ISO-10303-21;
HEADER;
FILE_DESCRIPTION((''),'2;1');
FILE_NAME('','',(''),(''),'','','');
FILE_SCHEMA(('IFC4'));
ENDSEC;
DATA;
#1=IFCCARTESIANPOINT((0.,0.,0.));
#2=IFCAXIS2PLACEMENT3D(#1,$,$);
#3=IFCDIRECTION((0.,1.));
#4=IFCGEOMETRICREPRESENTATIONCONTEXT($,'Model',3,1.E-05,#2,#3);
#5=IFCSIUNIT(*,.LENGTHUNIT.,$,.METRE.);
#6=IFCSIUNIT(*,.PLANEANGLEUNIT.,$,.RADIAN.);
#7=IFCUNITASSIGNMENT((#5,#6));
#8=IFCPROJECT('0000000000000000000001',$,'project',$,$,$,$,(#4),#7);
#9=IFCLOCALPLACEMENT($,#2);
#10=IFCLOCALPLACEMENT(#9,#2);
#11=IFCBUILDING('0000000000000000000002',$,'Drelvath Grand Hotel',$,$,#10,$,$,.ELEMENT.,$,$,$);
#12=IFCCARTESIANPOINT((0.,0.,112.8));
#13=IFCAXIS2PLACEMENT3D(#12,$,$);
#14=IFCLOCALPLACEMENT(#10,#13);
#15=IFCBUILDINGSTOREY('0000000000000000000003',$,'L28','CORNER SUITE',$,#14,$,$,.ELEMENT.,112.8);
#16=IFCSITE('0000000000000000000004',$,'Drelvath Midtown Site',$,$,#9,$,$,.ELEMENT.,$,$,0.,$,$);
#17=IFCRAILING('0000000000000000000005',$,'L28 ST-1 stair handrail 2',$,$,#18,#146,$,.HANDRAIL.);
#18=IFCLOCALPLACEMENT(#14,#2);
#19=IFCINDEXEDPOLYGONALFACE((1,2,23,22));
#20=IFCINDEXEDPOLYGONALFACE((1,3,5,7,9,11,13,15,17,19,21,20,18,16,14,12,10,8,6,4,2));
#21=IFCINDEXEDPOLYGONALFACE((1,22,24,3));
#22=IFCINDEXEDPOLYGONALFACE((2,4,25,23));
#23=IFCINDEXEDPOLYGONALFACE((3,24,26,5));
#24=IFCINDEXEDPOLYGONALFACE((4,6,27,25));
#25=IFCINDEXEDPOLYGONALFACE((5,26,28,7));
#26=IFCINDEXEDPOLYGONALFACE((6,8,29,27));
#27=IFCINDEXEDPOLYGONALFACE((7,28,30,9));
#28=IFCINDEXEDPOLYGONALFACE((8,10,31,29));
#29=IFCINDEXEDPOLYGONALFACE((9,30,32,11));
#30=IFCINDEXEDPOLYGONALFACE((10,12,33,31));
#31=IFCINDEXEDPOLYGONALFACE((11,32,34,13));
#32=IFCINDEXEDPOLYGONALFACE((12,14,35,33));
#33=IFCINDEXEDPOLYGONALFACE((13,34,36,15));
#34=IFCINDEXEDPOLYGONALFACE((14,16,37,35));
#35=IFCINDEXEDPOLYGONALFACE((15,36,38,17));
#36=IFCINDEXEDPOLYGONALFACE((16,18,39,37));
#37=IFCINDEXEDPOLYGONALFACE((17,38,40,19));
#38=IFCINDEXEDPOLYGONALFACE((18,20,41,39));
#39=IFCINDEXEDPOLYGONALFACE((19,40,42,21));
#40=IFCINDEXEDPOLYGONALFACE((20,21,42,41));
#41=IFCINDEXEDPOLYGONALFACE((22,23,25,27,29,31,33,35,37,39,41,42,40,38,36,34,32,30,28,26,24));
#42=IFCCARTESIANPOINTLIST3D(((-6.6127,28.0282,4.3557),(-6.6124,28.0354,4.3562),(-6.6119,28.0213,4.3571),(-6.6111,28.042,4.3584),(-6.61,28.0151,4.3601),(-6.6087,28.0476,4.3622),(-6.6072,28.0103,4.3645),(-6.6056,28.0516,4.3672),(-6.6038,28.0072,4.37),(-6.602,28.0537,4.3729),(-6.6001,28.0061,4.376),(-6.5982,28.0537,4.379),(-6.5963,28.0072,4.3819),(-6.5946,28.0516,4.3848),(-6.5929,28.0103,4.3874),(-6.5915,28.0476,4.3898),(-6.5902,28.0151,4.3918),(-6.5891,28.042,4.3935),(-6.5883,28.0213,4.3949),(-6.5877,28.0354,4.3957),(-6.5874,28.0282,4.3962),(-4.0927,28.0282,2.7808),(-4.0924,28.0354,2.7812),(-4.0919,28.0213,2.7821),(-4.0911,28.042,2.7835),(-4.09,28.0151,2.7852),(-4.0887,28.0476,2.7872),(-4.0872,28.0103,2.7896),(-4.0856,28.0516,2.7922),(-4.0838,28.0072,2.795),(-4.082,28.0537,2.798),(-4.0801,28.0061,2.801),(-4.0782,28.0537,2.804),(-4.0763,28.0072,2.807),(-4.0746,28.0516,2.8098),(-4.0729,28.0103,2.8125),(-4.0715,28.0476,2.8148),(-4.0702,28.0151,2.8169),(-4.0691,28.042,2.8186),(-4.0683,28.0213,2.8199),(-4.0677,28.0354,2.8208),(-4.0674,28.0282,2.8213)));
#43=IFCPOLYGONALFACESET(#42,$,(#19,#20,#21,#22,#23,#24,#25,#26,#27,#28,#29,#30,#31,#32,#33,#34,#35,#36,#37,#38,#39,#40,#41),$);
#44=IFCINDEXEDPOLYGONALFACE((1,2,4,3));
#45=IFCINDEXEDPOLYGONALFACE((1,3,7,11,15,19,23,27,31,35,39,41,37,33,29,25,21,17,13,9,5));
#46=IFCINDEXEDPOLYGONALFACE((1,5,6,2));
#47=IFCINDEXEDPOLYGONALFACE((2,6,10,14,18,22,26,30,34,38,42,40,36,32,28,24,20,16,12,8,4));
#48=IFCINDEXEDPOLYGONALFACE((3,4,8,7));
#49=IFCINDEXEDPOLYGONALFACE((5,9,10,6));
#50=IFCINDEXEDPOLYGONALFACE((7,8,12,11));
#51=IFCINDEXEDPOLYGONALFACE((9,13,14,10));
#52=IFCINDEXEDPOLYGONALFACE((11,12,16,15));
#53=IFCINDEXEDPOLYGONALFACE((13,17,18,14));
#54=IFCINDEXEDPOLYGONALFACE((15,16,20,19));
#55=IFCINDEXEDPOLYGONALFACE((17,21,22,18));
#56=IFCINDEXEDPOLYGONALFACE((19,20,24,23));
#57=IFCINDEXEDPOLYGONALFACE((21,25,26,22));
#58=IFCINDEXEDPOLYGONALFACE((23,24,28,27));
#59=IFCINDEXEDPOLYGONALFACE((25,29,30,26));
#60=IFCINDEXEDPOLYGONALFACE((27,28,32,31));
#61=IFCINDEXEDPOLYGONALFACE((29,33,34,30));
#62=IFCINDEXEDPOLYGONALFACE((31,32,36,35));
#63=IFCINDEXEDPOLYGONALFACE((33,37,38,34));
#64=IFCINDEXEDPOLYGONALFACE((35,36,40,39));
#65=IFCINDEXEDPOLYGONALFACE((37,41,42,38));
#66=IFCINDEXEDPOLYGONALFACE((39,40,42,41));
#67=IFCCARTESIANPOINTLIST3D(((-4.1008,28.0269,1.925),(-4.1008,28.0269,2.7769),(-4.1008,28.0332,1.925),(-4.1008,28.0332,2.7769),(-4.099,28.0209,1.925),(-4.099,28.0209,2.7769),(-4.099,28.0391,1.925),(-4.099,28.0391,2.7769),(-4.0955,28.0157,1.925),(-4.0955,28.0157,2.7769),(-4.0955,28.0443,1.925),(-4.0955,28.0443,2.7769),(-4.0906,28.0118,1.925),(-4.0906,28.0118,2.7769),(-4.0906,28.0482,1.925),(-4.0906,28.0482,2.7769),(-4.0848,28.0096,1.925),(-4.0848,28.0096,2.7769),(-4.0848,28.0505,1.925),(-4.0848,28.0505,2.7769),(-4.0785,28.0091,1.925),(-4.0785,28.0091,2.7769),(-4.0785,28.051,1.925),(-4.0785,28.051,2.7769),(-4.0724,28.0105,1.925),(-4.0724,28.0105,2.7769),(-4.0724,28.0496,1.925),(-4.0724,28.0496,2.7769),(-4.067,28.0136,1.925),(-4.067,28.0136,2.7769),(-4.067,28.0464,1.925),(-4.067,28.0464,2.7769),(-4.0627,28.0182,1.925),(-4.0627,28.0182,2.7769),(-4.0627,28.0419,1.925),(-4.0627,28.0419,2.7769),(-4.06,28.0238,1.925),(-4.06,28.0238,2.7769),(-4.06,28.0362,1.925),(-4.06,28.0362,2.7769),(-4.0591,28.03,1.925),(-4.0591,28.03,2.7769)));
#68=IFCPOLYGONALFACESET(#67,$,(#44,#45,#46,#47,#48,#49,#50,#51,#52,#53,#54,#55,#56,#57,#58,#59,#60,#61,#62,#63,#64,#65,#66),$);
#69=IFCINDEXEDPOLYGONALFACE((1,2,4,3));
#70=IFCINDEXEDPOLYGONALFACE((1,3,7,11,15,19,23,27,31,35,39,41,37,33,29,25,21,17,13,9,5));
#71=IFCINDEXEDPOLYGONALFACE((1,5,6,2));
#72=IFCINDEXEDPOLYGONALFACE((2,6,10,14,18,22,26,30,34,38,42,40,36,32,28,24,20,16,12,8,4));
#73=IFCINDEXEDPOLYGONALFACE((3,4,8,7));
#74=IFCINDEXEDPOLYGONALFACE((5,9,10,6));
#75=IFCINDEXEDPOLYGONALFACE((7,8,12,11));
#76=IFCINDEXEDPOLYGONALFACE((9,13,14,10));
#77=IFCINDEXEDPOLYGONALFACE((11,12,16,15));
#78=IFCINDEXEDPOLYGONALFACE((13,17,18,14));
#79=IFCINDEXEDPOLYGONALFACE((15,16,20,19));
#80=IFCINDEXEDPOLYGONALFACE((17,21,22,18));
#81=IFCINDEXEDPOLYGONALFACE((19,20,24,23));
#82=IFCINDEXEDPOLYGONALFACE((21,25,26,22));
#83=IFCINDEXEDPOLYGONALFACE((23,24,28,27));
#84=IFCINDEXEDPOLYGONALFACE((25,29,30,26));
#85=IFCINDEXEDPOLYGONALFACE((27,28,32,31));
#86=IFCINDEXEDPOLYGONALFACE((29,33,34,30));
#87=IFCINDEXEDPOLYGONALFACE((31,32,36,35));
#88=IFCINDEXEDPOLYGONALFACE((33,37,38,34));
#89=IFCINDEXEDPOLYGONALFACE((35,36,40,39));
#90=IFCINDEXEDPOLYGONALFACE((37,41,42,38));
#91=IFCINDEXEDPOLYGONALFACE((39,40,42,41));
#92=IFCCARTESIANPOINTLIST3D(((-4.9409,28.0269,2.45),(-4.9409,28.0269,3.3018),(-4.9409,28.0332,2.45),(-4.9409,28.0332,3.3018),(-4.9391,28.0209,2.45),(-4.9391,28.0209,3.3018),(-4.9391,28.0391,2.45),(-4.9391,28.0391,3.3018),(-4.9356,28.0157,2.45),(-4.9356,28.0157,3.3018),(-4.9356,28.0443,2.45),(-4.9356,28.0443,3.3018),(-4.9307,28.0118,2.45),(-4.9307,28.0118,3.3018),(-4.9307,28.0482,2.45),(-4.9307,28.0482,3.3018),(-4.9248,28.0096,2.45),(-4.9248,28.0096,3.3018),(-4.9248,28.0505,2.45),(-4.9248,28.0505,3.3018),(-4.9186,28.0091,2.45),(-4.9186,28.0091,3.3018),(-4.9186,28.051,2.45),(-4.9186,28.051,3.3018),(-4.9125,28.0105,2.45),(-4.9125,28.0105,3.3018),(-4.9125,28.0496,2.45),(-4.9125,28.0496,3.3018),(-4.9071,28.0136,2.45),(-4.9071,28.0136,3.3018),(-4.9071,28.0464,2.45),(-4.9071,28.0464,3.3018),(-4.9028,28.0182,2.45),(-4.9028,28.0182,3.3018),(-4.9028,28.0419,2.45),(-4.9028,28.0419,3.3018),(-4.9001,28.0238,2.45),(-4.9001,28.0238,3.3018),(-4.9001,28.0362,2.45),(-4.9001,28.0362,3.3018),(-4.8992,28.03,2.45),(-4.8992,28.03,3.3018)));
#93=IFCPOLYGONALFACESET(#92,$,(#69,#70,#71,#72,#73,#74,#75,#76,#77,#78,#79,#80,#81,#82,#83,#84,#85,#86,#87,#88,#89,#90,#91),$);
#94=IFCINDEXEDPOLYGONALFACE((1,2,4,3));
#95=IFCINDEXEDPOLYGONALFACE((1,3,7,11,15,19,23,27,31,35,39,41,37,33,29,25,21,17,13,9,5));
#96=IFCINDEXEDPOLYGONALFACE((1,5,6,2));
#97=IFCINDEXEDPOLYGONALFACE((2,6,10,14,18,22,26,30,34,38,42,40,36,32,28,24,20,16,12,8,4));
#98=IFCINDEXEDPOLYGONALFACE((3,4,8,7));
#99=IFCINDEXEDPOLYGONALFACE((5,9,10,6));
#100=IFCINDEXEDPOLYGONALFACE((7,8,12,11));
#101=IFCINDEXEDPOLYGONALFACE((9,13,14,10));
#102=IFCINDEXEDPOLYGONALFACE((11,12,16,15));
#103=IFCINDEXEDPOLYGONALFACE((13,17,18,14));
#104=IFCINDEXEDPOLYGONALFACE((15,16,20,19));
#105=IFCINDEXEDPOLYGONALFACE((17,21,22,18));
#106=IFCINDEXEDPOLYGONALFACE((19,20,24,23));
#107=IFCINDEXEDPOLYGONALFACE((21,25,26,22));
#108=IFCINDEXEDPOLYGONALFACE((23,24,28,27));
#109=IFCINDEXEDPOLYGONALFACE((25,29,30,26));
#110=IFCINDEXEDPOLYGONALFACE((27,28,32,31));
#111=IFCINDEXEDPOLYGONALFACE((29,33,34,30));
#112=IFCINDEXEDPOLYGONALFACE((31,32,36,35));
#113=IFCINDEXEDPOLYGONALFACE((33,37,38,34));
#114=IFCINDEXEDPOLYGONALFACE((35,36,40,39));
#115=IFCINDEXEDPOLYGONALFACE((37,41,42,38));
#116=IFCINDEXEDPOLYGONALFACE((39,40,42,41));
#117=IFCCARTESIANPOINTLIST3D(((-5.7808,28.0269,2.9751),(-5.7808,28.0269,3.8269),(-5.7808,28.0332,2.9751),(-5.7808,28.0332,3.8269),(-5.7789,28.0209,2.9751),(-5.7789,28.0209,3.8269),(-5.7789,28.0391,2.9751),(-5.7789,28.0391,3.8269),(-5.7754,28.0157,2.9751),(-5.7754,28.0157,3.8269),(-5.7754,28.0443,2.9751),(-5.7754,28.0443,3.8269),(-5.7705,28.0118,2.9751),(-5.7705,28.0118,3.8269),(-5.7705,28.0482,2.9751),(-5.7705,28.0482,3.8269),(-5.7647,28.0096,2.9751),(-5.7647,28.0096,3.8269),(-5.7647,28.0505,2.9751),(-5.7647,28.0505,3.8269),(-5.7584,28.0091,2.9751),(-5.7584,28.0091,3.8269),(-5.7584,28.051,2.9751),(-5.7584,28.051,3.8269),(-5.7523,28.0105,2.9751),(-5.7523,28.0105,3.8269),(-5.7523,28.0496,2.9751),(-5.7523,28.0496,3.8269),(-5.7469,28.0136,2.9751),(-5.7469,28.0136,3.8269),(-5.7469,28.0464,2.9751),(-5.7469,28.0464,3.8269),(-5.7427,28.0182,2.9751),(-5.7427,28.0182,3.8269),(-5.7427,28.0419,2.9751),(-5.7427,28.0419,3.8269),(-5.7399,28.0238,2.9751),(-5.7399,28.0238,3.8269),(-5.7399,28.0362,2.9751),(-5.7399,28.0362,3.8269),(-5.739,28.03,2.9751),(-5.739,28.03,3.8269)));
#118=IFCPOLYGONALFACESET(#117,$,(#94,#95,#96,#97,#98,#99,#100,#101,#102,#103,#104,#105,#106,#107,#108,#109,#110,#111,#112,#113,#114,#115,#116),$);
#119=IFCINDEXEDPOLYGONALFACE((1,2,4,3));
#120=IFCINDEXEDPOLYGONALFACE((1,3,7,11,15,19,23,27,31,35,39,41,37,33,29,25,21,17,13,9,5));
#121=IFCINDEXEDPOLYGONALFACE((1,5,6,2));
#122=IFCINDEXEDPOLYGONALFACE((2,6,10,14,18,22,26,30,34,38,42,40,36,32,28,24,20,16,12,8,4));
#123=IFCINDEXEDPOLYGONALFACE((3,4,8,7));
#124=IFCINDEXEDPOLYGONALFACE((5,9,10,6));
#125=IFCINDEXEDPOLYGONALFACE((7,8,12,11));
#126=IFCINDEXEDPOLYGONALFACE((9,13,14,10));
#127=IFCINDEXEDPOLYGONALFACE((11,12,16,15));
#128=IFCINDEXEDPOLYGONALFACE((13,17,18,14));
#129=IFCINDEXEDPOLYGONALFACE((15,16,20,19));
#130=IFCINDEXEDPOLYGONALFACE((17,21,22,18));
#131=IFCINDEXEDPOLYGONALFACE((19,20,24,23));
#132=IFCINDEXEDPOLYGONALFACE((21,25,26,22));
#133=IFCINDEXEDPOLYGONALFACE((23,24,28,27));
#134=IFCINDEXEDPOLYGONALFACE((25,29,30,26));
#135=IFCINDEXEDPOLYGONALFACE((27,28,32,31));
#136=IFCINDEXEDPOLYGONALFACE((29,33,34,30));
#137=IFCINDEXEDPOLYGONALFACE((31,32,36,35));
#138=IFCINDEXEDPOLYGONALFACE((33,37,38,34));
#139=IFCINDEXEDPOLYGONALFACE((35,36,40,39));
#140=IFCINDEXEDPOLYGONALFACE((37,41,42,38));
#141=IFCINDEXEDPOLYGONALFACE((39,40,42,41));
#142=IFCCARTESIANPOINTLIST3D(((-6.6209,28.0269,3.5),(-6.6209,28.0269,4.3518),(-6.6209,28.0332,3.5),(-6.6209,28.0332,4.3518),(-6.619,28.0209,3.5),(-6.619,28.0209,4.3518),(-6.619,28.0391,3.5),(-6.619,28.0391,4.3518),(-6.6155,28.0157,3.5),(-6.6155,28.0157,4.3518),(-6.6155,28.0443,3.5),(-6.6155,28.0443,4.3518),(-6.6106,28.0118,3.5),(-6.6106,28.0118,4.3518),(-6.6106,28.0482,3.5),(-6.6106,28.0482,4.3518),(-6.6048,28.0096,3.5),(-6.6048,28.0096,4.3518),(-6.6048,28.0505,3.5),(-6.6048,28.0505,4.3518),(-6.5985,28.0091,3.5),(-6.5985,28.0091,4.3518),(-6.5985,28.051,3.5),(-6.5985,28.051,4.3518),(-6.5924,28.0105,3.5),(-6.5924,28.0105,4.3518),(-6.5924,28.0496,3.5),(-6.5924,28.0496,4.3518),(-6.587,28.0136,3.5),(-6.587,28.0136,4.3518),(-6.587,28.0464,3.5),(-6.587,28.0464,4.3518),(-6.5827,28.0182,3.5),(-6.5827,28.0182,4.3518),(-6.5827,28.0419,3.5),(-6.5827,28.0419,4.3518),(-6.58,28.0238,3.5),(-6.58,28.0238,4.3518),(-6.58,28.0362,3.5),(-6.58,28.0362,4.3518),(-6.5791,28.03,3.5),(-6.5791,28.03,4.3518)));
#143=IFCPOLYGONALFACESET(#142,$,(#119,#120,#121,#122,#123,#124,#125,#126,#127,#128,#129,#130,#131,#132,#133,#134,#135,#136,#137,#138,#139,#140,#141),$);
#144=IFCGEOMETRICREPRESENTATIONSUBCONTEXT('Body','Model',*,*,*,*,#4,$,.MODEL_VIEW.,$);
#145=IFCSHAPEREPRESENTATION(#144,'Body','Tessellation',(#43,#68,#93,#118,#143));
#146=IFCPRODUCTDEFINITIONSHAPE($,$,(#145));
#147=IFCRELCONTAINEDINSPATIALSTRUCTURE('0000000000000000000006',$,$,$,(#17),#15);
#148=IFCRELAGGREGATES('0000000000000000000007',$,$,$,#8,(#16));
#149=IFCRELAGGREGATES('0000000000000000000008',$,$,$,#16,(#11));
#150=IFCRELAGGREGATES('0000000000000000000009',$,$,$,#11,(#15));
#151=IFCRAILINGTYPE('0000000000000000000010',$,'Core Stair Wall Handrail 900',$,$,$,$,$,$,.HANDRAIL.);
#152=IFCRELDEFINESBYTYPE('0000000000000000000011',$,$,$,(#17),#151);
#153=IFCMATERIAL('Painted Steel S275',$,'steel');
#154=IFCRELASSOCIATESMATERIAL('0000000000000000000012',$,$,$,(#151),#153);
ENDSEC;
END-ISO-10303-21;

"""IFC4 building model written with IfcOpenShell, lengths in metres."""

from ifc_helpers import new_model, si_unit, direction, frame, origin, origin_2d, place, context, subcontext, project, spatial, circle, extrude, material, type_object, element, save


model = new_model("IFC4")

# Units and contexts
model_context = context("Model", 3, precision=1e-05, world=origin(), true_north=direction((0.0, 1.0)))
body_context = subcontext(model_context, "Body", "Model", "MODEL_VIEW")
ifc_project = project(units=[si_unit("LENGTHUNIT", "METRE"), si_unit("PLANEANGLEUNIT", "RADIAN")], contexts=[model_context])

# Site, building, storey
site_placement = place(None, origin())
site = spatial("IfcSite", under=ifc_project, at=site_placement, Name="Drelvath Midtown Site", CompositionType="ELEMENT", RefElevation=0.0)
building_placement = place(site_placement, origin())
building = spatial("IfcBuilding", under=site, at=building_placement, Name="Drelvath Grand Hotel", CompositionType="ELEMENT")
storey_placement = place(building_placement, frame((0.0, 0.0, 112.8)))
storey = spatial("IfcBuildingStorey", under=building, at=storey_placement, Name="L28", Description="CORNER SUITE", CompositionType="ELEMENT", Elevation=112.8)

# Shared definitions
ifc_material_1 = material(Name="Painted Steel S275", Category="steel")

# Railing
railing_type = type_object("IfcRailingType", Name="Core Stair Wall Handrail 900", PredefinedType="HANDRAIL", material=ifc_material_1)
railing_placement = place(storey_placement, frame((-4.0801, 28.03, 1.925)))
element("IfcRailing", 1, at=railing_placement, inside=storey, type_object=railing_type, Name="L28 ST-1 stair handrail 2", PredefinedType="HANDRAIL", context=body_context, shape_type="SweptSolid", body=[
    extrude(circle(Radius=0.0239, at=origin_2d()), frame((0.0, 0.0, 0.876), z_axis=(-0.848008, 0.0, 0.529984), x_axis=(0.0, -1.0, 0.0)), (0.0, 0.0, 1.0), 2.9717),
    extrude(circle(Radius=0.021, at=origin_2d()), origin(), (0.0, 0.0, 1.0), 0.8518),
    extrude(circle(Radius=0.021, at=origin_2d()), frame((-0.8401, 0.0, 0.5249)), (0.0, 0.0, 1.0), 0.8518),
    extrude(circle(Radius=0.021, at=origin_2d()), frame((-1.6799, 0.0, 1.05)), (0.0, 0.0, 1.0), 0.8518),
    extrude(circle(Radius=0.021, at=origin_2d()), frame((-2.52, 0.0, 1.575)), (0.0, 0.0, 1.0), 0.8518),
])

save(model, "model.ifc")
